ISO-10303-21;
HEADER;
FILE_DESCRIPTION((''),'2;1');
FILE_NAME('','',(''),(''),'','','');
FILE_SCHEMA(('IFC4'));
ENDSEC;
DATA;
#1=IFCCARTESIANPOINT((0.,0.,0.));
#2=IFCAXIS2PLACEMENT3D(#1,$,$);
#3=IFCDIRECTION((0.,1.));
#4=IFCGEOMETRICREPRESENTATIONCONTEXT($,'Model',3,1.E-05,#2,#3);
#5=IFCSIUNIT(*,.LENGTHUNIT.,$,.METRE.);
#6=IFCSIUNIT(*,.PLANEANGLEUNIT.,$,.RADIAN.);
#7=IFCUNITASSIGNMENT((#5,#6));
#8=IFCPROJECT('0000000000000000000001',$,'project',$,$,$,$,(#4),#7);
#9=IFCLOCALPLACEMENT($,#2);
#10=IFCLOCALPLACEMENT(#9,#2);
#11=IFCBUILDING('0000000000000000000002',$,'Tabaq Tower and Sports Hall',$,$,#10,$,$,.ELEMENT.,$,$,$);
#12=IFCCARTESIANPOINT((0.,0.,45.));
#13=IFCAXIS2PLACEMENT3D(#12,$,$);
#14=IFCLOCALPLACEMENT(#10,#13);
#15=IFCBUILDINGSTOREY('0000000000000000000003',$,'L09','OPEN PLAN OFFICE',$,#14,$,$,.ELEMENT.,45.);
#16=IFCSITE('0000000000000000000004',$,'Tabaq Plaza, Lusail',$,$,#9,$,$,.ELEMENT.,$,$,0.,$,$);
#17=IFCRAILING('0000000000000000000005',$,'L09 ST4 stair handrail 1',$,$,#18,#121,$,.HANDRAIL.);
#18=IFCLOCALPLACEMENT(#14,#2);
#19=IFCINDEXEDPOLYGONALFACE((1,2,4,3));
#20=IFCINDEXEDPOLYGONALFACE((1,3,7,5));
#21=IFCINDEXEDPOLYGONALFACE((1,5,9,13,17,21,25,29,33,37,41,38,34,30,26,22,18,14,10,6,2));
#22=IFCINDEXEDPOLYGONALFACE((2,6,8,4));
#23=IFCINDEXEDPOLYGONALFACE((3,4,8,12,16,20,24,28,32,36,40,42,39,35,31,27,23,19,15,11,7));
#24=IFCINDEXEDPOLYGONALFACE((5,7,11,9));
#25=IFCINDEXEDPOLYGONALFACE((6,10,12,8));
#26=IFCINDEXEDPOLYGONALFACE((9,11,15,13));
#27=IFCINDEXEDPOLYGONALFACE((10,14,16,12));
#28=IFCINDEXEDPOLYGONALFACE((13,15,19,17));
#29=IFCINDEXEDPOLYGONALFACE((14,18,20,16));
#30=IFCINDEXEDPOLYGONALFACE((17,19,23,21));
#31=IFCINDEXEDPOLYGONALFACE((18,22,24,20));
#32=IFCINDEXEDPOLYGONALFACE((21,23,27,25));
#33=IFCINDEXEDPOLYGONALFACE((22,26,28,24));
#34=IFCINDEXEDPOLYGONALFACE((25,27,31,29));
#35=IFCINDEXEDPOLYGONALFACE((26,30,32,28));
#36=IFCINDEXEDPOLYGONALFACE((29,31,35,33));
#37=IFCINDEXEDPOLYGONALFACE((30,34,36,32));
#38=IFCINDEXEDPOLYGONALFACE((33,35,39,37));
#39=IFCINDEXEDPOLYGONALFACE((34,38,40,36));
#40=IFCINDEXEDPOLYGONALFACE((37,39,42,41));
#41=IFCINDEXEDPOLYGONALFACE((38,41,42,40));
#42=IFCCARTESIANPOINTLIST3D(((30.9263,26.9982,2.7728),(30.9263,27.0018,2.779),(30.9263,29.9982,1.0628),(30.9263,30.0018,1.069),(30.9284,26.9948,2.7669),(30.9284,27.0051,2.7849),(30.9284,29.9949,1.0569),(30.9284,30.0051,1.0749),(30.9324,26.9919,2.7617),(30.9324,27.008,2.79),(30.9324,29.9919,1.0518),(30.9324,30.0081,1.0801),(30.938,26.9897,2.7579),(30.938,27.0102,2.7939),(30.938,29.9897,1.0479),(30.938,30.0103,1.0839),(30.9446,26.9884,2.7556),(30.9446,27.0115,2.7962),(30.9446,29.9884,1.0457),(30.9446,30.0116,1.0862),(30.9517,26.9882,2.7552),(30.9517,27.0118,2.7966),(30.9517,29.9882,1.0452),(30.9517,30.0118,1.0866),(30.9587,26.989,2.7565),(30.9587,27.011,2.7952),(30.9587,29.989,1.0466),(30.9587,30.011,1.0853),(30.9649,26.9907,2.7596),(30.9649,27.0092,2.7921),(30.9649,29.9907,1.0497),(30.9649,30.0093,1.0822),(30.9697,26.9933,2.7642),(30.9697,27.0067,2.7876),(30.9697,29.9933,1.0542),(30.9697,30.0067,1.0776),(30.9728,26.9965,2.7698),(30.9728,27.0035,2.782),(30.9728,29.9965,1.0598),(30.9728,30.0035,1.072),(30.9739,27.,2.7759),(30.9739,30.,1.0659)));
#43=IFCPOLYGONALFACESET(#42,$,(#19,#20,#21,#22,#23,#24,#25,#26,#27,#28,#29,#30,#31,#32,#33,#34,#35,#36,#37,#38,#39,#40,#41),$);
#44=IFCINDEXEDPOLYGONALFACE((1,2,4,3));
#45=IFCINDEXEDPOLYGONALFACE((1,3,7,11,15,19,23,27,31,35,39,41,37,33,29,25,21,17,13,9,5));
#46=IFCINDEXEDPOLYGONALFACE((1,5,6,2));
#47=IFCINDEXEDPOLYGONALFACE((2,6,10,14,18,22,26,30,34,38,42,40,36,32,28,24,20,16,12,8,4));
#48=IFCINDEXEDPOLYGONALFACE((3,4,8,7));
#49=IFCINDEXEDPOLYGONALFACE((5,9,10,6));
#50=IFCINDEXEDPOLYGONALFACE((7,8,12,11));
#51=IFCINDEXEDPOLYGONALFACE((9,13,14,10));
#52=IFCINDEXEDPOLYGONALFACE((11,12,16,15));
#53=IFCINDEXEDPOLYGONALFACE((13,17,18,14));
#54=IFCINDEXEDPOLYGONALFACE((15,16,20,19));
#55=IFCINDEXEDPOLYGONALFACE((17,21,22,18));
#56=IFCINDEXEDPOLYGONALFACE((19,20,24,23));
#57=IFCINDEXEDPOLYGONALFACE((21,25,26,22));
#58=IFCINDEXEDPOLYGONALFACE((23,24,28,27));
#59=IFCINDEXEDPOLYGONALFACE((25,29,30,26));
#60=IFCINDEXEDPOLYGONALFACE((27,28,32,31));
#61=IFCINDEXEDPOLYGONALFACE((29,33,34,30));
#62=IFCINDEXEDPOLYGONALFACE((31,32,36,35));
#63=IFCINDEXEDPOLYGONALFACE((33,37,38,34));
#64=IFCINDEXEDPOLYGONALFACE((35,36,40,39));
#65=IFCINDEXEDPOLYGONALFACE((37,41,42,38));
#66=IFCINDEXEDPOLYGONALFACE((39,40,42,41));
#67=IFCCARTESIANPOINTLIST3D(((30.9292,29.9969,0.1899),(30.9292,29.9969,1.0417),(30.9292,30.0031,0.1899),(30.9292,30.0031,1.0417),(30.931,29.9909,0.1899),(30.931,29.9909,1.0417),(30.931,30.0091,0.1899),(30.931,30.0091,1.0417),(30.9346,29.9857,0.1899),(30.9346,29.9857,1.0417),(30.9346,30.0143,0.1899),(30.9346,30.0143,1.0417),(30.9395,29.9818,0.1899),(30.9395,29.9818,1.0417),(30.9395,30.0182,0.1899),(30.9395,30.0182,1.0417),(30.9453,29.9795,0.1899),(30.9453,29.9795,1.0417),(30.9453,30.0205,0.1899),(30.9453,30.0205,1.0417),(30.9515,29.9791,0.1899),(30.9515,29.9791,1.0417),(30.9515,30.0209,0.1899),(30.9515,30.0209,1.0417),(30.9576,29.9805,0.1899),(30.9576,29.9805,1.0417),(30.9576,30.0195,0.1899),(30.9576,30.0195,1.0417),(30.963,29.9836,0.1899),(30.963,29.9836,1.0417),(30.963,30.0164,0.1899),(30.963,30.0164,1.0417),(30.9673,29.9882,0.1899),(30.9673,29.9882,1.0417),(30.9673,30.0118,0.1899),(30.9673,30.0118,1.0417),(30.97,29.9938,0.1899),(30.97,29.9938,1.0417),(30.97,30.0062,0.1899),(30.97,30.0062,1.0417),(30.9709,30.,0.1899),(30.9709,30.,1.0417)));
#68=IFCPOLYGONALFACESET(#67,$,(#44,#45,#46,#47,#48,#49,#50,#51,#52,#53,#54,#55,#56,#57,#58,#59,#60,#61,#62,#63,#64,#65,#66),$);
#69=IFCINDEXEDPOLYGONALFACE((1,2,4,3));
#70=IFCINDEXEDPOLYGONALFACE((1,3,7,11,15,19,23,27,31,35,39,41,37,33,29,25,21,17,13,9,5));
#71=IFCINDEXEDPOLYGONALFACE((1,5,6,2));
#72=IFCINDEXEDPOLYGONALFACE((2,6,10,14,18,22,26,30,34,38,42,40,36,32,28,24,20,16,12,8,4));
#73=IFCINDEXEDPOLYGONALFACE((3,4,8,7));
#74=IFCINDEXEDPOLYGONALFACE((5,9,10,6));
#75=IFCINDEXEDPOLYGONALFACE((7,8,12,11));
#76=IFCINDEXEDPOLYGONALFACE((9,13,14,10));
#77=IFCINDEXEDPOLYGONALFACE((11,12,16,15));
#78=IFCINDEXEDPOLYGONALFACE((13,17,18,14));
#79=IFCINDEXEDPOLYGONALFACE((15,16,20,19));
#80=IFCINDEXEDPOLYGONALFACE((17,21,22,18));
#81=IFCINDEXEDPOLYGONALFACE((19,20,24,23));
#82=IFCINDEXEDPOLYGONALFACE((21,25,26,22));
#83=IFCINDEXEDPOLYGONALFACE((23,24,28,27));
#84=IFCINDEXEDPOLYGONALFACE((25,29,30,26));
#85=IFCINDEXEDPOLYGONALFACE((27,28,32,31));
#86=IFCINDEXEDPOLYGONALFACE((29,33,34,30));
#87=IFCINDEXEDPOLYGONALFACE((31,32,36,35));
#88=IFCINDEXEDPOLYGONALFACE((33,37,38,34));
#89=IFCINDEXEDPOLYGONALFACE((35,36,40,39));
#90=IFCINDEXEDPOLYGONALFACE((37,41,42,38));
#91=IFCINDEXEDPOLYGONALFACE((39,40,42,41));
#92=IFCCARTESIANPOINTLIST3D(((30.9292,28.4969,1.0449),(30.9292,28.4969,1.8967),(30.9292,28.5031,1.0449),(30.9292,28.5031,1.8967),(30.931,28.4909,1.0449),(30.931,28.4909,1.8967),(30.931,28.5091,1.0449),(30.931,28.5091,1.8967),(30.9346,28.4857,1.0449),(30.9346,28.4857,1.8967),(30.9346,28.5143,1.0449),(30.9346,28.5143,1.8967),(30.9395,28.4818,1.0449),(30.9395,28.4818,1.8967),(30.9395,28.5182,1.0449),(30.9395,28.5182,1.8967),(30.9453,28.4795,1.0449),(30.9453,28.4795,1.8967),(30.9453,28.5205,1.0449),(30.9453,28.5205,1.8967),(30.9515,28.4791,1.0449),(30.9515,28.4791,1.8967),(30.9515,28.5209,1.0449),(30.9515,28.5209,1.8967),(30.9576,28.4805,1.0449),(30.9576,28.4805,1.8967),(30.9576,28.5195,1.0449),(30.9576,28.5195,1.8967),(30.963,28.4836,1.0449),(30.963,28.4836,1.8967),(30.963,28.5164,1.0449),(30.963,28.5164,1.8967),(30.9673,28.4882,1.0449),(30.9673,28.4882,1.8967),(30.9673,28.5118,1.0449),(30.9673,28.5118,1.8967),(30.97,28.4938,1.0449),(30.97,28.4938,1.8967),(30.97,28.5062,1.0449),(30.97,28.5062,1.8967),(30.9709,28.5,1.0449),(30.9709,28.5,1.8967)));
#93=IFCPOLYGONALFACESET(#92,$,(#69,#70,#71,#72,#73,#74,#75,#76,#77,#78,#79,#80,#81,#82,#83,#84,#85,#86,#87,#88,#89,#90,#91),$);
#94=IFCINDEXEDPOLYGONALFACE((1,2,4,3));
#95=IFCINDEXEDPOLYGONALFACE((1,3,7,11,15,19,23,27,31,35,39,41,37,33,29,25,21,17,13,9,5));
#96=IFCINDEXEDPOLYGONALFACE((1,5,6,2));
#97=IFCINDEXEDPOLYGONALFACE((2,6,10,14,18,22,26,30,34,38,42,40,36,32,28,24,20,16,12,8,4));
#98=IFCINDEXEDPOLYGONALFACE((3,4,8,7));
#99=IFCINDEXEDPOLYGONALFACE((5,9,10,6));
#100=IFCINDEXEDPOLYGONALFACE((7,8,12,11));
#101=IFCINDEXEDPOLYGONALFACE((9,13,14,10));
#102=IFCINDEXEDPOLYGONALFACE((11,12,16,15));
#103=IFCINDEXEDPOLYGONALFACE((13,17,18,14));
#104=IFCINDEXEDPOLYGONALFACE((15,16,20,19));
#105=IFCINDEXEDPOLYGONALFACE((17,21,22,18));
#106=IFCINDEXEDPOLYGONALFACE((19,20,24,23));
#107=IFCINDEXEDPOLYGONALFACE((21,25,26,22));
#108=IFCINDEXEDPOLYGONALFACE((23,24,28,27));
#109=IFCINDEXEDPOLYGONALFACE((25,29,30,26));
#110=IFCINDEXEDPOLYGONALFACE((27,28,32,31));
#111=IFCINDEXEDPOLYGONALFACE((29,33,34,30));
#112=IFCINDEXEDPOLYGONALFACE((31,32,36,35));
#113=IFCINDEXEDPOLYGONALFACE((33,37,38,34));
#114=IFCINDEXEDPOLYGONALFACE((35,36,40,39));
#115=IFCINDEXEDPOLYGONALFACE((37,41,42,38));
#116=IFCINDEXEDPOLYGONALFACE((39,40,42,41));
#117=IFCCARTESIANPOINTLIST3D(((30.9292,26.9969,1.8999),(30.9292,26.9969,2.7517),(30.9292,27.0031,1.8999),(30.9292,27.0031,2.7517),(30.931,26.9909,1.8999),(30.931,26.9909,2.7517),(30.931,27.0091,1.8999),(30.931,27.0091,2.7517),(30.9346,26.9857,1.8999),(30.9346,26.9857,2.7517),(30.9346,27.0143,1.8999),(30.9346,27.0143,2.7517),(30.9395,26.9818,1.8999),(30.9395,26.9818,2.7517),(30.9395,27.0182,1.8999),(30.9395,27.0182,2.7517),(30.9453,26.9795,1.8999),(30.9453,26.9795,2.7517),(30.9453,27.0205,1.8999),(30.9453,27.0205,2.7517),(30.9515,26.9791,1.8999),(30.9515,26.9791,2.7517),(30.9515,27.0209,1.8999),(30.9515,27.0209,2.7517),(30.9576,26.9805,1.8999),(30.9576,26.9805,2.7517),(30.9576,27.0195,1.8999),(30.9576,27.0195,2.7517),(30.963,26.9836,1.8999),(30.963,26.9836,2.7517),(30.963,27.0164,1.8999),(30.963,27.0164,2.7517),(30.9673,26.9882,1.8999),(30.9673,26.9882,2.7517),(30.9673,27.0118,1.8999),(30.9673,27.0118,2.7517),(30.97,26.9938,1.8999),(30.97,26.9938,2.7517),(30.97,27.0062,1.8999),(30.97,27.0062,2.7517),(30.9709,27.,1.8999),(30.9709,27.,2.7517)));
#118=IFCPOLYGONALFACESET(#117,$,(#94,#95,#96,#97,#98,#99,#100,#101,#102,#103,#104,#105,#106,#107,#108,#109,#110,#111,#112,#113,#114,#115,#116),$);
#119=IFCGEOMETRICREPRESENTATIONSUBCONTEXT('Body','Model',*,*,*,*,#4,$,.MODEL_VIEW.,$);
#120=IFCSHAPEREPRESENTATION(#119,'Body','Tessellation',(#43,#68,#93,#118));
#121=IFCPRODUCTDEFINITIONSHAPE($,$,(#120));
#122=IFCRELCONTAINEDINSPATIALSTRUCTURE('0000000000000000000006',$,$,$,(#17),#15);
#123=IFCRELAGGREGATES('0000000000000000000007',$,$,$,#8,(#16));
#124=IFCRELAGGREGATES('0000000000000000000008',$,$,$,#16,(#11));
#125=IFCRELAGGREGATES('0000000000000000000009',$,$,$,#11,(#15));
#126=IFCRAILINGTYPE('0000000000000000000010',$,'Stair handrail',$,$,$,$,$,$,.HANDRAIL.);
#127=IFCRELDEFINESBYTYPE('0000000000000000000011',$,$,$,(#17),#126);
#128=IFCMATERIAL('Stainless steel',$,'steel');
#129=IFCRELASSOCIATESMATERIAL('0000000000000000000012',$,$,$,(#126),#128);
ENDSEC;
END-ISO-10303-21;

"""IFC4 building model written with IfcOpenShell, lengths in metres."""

from ifc_helpers import new_model, si_unit, direction, frame, origin, origin_2d, place, context, subcontext, project, spatial, circle, extrude, material, type_object, element, save


model = new_model("IFC4")

# Units and contexts
model_context = context("Model", 3, precision=1e-05, world=origin(), true_north=direction((0.0, 1.0)))
body_context = subcontext(model_context, "Body", "Model", "MODEL_VIEW")
ifc_project = project(units=[si_unit("LENGTHUNIT", "METRE"), si_unit("PLANEANGLEUNIT", "RADIAN")], contexts=[model_context])

# Site, building, storey
site_placement = place(None, origin())
site = spatial("IfcSite", under=ifc_project, at=site_placement, Name="Tabaq Plaza, Lusail", CompositionType="ELEMENT", RefElevation=0.0)
building_placement = place(site_placement, origin())
building = spatial("IfcBuilding", under=site, at=building_placement, Name="Tabaq Tower and Sports Hall", CompositionType="ELEMENT")
storey_placement = place(building_placement, frame((0.0, 0.0, 45.0)))
storey = spatial("IfcBuildingStorey", under=building, at=storey_placement, Name="L09", Description="OPEN PLAN OFFICE", CompositionType="ELEMENT", Elevation=45.0)

# Railing
ifc_material_1 = material(Name="Stainless steel", Category="steel")
railing_type_1 = type_object("IfcRailingType", Name="Stair handrail", PredefinedType="HANDRAIL", material=ifc_material_1)
railing_1_placement = place(storey_placement, frame((30.95, 30.0, 0.1899)))
element("IfcRailing", 1, at=railing_1_placement, inside=storey, type_object=railing_type_1, Name="L09 ST4 stair handrail 1", PredefinedType="HANDRAIL", context=body_context, shape_type="SweptSolid", body=[
    extrude(circle(Radius=0.0239, at=origin_2d()), frame((0.0, 0.0, 0.876), z_axis=(0.0, -0.868782, 0.495195), x_axis=(1.0, 0.0, 0.0)), (0.0, 0.0, 1.0), 3.4531),
    extrude(circle(Radius=0.021, at=origin_2d()), origin(), (0.0, 0.0, 1.0), 0.8518),
    extrude(circle(Radius=0.021, at=origin_2d()), frame((0.0, -1.5, 0.855)), (0.0, 0.0, 1.0), 0.8518),
    extrude(circle(Radius=0.021, at=origin_2d()), frame((0.0, -3.0, 1.71)), (0.0, 0.0, 1.0), 0.8518),
])

save(model, "model.ifc")
